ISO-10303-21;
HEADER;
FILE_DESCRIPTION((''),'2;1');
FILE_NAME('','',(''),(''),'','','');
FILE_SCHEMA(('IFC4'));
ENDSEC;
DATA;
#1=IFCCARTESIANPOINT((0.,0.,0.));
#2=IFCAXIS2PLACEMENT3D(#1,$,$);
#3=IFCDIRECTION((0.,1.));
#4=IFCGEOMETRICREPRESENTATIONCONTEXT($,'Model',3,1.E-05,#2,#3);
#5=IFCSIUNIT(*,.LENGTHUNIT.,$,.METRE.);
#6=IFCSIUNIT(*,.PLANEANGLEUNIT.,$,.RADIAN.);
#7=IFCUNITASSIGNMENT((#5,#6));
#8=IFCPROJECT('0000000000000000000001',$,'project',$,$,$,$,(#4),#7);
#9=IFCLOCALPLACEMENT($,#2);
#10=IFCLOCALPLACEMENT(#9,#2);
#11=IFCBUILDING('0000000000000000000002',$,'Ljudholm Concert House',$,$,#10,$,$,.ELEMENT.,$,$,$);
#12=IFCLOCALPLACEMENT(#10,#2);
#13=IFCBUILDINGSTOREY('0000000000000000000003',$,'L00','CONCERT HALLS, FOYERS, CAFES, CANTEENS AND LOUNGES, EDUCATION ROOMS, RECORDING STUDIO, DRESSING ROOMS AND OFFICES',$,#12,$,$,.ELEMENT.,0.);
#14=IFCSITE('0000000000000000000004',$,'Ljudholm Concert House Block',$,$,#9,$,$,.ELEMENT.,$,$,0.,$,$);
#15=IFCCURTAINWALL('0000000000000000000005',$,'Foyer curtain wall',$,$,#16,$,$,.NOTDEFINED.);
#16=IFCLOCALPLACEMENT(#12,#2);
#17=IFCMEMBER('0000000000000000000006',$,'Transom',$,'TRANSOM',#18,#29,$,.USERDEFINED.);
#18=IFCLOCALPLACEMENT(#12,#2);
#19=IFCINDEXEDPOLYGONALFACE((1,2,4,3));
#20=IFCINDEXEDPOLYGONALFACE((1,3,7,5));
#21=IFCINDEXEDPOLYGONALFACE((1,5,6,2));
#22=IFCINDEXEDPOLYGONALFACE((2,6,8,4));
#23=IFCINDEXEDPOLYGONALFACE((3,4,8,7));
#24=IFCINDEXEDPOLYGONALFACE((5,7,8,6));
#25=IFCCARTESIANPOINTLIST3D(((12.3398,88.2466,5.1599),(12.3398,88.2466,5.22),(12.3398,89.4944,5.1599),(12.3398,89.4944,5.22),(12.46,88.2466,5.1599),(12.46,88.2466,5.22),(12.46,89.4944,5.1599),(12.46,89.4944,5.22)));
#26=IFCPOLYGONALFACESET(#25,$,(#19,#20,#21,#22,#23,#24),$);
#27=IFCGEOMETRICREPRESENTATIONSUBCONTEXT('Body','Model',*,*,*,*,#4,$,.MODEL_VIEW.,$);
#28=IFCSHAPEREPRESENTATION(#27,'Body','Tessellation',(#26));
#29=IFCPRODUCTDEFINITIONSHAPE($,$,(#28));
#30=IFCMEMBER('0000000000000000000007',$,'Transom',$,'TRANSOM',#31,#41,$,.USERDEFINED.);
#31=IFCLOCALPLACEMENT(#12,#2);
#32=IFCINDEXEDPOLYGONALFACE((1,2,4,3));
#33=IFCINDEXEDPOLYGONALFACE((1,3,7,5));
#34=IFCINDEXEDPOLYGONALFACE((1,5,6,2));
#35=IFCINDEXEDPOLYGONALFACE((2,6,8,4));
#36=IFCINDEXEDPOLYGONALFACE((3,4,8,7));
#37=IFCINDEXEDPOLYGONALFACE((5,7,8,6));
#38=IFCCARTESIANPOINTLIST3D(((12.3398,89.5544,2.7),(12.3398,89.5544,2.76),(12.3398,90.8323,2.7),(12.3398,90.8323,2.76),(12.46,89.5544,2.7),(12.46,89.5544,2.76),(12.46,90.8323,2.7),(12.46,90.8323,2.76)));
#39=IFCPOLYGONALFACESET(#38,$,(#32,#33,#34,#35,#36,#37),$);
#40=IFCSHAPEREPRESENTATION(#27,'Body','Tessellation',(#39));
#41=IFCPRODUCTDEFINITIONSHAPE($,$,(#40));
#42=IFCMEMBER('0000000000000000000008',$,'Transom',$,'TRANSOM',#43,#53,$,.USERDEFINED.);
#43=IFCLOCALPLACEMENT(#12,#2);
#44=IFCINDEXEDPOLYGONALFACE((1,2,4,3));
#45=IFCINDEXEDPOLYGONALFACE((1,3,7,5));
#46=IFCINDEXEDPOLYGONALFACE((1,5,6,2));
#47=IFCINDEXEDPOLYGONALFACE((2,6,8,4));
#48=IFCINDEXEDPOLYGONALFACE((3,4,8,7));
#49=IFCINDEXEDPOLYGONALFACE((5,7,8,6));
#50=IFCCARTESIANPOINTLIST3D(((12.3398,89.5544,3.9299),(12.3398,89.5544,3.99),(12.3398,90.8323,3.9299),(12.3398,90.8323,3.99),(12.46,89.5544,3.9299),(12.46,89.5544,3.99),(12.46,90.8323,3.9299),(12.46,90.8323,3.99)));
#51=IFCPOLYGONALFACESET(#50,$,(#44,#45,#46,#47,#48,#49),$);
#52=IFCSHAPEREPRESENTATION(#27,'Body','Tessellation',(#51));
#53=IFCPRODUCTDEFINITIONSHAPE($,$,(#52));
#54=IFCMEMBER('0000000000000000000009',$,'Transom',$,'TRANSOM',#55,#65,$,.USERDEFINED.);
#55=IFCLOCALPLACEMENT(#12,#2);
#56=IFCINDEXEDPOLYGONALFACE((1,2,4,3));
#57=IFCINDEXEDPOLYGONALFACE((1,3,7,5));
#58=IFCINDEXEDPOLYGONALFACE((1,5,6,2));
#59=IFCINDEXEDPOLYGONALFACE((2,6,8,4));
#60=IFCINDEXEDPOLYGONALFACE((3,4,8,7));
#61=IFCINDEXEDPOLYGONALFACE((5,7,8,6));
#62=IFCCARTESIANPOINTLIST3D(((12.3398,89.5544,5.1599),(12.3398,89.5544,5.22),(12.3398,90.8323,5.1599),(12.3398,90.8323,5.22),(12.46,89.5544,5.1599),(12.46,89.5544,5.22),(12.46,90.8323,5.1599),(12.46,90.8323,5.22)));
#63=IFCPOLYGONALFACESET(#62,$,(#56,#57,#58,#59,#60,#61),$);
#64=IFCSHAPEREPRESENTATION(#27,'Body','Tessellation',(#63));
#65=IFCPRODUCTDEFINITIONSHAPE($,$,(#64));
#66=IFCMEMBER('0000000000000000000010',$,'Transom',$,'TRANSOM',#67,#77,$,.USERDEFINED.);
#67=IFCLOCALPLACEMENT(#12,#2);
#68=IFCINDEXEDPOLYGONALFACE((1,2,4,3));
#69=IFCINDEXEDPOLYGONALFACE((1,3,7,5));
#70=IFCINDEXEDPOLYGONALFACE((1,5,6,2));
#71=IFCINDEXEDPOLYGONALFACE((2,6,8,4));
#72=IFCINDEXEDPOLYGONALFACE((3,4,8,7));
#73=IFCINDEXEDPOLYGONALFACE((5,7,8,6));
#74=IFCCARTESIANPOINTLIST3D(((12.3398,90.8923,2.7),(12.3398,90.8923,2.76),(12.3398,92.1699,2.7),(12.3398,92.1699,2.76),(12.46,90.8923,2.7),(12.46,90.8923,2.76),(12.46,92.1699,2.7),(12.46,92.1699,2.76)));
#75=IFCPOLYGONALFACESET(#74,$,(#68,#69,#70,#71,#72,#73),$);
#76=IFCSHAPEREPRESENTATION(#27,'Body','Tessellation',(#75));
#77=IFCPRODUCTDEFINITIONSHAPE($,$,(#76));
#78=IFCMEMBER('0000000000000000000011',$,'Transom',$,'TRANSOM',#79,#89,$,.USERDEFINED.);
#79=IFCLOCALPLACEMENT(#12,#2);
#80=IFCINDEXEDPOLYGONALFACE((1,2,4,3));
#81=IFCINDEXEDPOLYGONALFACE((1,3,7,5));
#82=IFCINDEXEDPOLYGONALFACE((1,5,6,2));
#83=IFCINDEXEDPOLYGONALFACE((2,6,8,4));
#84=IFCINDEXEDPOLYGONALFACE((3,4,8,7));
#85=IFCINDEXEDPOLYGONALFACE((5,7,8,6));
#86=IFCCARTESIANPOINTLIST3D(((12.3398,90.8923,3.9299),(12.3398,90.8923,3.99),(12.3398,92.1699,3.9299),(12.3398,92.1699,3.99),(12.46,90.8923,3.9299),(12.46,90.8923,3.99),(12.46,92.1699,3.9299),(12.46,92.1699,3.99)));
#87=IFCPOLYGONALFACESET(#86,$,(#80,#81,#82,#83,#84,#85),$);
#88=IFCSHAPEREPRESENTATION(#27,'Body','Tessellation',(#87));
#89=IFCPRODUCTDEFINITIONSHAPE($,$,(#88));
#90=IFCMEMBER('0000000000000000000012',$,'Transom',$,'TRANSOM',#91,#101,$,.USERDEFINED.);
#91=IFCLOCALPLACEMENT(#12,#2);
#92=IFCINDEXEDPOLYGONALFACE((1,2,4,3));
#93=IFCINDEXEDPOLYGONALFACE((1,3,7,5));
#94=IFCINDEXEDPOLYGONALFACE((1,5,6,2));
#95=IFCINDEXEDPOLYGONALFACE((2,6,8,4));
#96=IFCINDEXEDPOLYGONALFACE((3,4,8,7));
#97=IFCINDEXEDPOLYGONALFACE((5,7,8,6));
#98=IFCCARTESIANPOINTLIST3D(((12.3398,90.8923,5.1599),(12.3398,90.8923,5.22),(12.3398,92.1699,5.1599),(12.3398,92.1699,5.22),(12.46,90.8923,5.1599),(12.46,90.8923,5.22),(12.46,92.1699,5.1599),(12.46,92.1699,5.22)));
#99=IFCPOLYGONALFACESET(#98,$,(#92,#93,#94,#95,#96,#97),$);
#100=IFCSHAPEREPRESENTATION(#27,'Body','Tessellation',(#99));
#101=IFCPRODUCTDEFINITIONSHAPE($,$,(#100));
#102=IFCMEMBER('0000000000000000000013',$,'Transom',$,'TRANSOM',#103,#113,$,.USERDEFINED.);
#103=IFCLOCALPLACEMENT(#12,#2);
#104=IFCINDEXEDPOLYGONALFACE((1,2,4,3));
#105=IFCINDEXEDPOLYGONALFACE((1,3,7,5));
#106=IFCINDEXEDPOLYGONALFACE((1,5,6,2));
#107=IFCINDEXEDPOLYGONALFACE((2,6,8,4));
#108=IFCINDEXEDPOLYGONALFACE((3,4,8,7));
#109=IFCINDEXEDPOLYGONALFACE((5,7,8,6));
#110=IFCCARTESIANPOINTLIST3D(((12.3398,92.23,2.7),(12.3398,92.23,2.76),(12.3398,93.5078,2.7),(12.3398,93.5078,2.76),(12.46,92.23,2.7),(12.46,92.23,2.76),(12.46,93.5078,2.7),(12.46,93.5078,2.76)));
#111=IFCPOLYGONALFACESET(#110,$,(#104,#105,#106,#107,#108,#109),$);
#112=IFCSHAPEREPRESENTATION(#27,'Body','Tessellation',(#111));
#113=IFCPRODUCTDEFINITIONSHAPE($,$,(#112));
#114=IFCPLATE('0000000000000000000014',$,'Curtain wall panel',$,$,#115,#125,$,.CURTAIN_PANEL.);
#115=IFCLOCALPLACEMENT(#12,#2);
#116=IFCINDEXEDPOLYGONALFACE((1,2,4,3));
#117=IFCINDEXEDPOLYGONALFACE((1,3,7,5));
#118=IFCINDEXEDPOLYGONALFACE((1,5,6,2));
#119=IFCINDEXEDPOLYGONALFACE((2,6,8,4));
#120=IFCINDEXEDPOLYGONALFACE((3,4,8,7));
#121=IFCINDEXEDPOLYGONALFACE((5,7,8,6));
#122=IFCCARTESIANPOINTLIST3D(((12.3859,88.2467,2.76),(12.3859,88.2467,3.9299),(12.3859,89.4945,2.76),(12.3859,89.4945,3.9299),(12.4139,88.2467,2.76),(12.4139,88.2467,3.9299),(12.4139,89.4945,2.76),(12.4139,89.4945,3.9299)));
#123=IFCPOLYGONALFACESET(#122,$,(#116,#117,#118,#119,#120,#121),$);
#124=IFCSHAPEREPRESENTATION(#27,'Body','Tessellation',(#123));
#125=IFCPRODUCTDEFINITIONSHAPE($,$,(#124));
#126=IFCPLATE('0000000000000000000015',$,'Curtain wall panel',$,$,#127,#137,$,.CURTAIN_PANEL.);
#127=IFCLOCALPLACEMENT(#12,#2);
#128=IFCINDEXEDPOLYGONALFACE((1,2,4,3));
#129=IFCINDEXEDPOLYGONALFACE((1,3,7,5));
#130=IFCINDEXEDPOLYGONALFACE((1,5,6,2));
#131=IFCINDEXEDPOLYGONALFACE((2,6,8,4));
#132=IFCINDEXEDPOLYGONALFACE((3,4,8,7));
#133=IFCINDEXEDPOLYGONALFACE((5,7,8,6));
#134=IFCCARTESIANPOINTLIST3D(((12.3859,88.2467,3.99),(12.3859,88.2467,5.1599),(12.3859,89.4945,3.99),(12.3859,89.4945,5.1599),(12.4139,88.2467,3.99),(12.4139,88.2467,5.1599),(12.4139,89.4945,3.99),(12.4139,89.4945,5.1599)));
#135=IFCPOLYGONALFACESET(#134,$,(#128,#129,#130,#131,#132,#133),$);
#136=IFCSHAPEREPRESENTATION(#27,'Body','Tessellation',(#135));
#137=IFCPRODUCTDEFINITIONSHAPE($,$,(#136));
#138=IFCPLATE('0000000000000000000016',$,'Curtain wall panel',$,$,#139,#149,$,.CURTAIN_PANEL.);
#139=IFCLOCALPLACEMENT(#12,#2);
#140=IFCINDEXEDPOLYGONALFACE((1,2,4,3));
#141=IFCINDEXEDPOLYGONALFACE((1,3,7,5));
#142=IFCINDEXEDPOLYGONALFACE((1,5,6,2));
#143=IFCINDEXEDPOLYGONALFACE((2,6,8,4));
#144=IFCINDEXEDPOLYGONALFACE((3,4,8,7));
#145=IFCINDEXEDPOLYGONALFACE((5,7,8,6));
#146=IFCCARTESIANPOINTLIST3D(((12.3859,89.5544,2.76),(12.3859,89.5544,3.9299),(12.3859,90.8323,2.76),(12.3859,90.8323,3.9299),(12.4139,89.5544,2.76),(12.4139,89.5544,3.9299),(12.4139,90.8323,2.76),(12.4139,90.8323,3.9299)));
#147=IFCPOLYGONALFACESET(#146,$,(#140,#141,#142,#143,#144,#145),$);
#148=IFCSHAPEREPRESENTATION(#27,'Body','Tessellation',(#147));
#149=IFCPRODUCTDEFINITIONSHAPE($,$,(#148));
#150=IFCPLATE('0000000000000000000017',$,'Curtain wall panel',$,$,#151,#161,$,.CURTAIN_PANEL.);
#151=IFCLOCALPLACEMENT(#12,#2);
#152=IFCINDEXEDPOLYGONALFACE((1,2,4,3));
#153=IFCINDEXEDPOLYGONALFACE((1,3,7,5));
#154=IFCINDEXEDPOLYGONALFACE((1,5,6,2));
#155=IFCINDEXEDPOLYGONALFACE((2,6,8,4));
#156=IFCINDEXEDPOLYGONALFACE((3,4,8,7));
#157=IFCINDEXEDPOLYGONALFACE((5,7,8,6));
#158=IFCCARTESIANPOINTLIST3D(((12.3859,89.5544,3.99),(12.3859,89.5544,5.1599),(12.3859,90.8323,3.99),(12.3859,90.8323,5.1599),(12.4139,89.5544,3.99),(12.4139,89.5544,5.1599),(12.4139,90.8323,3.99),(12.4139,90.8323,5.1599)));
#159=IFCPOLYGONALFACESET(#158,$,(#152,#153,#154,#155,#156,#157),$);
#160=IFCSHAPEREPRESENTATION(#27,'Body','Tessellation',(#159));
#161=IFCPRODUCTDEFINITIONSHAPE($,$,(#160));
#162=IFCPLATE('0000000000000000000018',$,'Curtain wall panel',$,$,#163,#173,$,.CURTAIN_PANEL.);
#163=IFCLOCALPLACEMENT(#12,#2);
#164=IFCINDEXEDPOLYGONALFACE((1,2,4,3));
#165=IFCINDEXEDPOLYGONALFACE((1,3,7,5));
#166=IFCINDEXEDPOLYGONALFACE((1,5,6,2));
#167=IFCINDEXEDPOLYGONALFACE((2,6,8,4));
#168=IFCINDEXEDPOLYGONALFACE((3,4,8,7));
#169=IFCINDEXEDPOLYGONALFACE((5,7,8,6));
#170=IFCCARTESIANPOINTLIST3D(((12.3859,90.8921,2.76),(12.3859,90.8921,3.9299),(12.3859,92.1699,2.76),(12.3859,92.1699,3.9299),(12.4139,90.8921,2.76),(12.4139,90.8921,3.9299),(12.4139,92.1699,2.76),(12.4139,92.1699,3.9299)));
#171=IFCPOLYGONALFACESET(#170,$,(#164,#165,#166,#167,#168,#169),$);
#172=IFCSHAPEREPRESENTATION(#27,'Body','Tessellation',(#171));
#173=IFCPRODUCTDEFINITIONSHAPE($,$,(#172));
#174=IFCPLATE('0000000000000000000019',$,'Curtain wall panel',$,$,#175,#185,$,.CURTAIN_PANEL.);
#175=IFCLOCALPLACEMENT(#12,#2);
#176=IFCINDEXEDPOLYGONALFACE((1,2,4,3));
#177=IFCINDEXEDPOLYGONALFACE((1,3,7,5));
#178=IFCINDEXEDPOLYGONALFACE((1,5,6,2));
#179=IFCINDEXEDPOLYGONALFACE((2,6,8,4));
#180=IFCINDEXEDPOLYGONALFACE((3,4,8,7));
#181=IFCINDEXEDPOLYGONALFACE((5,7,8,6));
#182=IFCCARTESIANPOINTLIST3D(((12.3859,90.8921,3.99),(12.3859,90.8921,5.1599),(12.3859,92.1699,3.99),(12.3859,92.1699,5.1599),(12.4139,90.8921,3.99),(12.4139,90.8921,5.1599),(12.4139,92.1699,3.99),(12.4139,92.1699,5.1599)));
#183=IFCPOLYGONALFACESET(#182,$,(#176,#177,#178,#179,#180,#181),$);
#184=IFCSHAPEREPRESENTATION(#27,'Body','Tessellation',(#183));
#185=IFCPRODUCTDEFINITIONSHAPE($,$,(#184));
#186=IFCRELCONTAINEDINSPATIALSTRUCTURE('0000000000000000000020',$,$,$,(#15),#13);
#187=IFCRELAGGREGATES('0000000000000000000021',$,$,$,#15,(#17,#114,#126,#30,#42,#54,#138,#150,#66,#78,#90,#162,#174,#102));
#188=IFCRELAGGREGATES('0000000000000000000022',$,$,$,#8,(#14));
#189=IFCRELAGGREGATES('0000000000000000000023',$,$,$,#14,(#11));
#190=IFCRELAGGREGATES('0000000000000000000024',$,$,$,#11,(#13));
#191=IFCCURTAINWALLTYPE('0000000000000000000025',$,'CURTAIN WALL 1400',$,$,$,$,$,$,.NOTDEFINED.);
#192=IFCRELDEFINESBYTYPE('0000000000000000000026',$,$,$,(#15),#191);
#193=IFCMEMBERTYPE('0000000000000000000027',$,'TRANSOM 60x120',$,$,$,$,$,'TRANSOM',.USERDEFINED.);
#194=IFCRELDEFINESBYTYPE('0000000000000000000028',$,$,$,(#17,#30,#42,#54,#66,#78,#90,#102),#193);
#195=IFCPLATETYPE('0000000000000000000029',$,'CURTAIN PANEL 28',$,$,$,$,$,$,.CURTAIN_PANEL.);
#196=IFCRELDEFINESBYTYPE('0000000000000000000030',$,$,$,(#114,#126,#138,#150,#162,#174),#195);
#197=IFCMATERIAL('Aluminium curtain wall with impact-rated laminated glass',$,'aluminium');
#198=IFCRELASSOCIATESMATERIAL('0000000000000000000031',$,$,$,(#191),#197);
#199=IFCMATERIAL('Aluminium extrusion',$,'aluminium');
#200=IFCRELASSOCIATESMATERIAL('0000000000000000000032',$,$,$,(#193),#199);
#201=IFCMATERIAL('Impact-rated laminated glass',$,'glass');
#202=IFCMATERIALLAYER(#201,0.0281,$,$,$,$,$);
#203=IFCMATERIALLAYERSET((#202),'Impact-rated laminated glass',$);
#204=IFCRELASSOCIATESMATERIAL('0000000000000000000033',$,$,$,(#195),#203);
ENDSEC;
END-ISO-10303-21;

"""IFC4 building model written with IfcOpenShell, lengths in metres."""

from ifc_helpers import new_model, si_unit, direction, frame, origin, origin_2d, place, context, subcontext, project, spatial, rectangle, extrude, material, layer, layer_set, material_profile, profile_set, type_object, element, aggregate, save


model = new_model("IFC4")

# Units and contexts
model_context = context("Model", 3, precision=1e-05, world=origin(), true_north=direction((0.0, 1.0)))
body_context = subcontext(model_context, "Body", "Model", "MODEL_VIEW")
ifc_project = project(units=[si_unit("LENGTHUNIT", "METRE"), si_unit("PLANEANGLEUNIT", "RADIAN")], contexts=[model_context])

# Site, building, storey
site_placement = place(None, origin())
site = spatial("IfcSite", under=ifc_project, at=site_placement, Name="Ljudholm Concert House Block", CompositionType="ELEMENT", RefElevation=0.0)
building_placement = place(site_placement, origin())
building = spatial("IfcBuilding", under=site, at=building_placement, Name="Ljudholm Concert House", CompositionType="ELEMENT")
storey_placement = place(building_placement, origin())
storey = spatial("IfcBuildingStorey", under=building, at=storey_placement, Name="L00", Description="CONCERT HALLS, FOYERS, CAFES, CANTEENS AND LOUNGES, EDUCATION ROOMS, RECORDING STUDIO, DRESSING ROOMS AND OFFICES", CompositionType="ELEMENT", Elevation=0.0)

# Shared definitions
ifc_material_1 = material(Name="Aluminium curtain wall with impact-rated laminated glass", Category="aluminium")
curtain_wall_type = type_object("IfcCurtainWallType", Name="CURTAIN WALL 1400", PredefinedType="NOTDEFINED", material=ifc_material_1)

# Curtain wall, members, plates
curtain_wall_1_placement = place(storey_placement, origin())
curtain_wall_1 = element("IfcCurtainWall", 1, at=curtain_wall_1_placement, inside=storey, type_object=curtain_wall_type, Name="Foyer curtain wall", PredefinedType="NOTDEFINED")
ifc_material_2 = material(Name="Aluminium extrusion", Category="aluminium")
ifc_material_profile_1 = material_profile(ifc_material_2, rectangle(XDim=0.1201, YDim=0.0601, at=origin_2d()), Name="TRANSOM 60x120")
ifc_profile_set_1 = profile_set([ifc_material_profile_1], Name="Aluminium extrusion")
member_type_1 = type_object("IfcMemberType", Name="TRANSOM 60x120", ElementType="TRANSOM", PredefinedType="USERDEFINED", material=ifc_profile_set_1)
member_1_placement = place(storey_placement, frame((12.3999, 88.2466, 5.1899), z_axis=(0.0, 1.0, 0.0), x_axis=(-1.0, 0.0, 0.0)))
member_1 = element("IfcMember", 2, at=member_1_placement, type_object=member_type_1, Name="Transom", ObjectType="TRANSOM", PredefinedType="USERDEFINED", context=body_context, shape_type="SweptSolid", body=[
    extrude(rectangle(XDim=0.1201, YDim=0.0601, at=origin_2d()), origin(), (0.0, 0.0, 1.0), 1.2478),
])
member_2_placement = place(storey_placement, frame((12.3999, 89.5544, 2.73), z_axis=(0.0, 1.0, 0.0), x_axis=(-1.0, 0.0, 0.0)))
member_2 = element("IfcMember", 3, at=member_2_placement, type_object=member_type_1, Name="Transom", ObjectType="TRANSOM", PredefinedType="USERDEFINED", context=body_context, shape_type="SweptSolid", body=[
    extrude(rectangle(XDim=0.1201, YDim=0.0601, at=origin_2d()), origin(), (0.0, 0.0, 1.0), 1.2778),
])
member_3_placement = place(storey_placement, frame((12.3999, 89.5544, 3.96), z_axis=(0.0, 1.0, 0.0), x_axis=(-1.0, 0.0, 0.0)))
member_3 = element("IfcMember", 4, at=member_3_placement, type_object=member_type_1, Name="Transom", ObjectType="TRANSOM", PredefinedType="USERDEFINED", context=body_context, shape_type="SweptSolid", body=[
    extrude(rectangle(XDim=0.1201, YDim=0.0601, at=origin_2d()), origin(), (0.0, 0.0, 1.0), 1.2778),
])
member_4_placement = place(storey_placement, frame((12.3999, 89.5544, 5.1899), z_axis=(0.0, 1.0, 0.0), x_axis=(-1.0, 0.0, 0.0)))
member_4 = element("IfcMember", 5, at=member_4_placement, type_object=member_type_1, Name="Transom", ObjectType="TRANSOM", PredefinedType="USERDEFINED", context=body_context, shape_type="SweptSolid", body=[
    extrude(rectangle(XDim=0.1201, YDim=0.0601, at=origin_2d()), origin(), (0.0, 0.0, 1.0), 1.2778),
])
member_5_placement = place(storey_placement, frame((12.3999, 90.8923, 2.73), z_axis=(0.0, 1.0, 0.0), x_axis=(-1.0, 0.0, 0.0)))
member_5 = element("IfcMember", 6, at=member_5_placement, type_object=member_type_1, Name="Transom", ObjectType="TRANSOM", PredefinedType="USERDEFINED", context=body_context, shape_type="SweptSolid", body=[
    extrude(rectangle(XDim=0.1201, YDim=0.0601, at=origin_2d()), origin(), (0.0, 0.0, 1.0), 1.2776),
])
member_6_placement = place(storey_placement, frame((12.3999, 90.8923, 3.96), z_axis=(0.0, 1.0, 0.0), x_axis=(-1.0, 0.0, 0.0)))
member_6 = element("IfcMember", 7, at=member_6_placement, type_object=member_type_1, Name="Transom", ObjectType="TRANSOM", PredefinedType="USERDEFINED", context=body_context, shape_type="SweptSolid", body=[
    extrude(rectangle(XDim=0.1201, YDim=0.0601, at=origin_2d()), origin(), (0.0, 0.0, 1.0), 1.2776),
])
member_7_placement = place(storey_placement, frame((12.3999, 90.8923, 5.1899), z_axis=(0.0, 1.0, 0.0), x_axis=(-1.0, 0.0, 0.0)))
member_7 = element("IfcMember", 8, at=member_7_placement, type_object=member_type_1, Name="Transom", ObjectType="TRANSOM", PredefinedType="USERDEFINED", context=body_context, shape_type="SweptSolid", body=[
    extrude(rectangle(XDim=0.1201, YDim=0.0601, at=origin_2d()), origin(), (0.0, 0.0, 1.0), 1.2776),
])
member_8_placement = place(storey_placement, frame((12.3999, 92.23, 2.73), z_axis=(0.0, 1.0, 0.0), x_axis=(-1.0, 0.0, 0.0)))
member_8 = element("IfcMember", 9, at=member_8_placement, type_object=member_type_1, Name="Transom", ObjectType="TRANSOM", PredefinedType="USERDEFINED", context=body_context, shape_type="SweptSolid", body=[
    extrude(rectangle(XDim=0.1201, YDim=0.0601, at=origin_2d()), origin(), (0.0, 0.0, 1.0), 1.2778),
])
ifc_material_3 = material(Name="Impact-rated laminated glass", Category="glass")
ifc_layer_1 = layer(ifc_material_3, 0.0281)
ifc_layer_set_1 = layer_set([ifc_layer_1], Name="Impact-rated laminated glass")
plate_type = type_object("IfcPlateType", Name="CURTAIN PANEL 28", PredefinedType="CURTAIN_PANEL", material=ifc_layer_set_1)
plate_1_placement = place(storey_placement, frame((12.3999, 88.8706, 2.76), z_axis=(0.0, 0.0, 1.0), x_axis=(0.0, 1.0, 0.0)))
plate_1 = element("IfcPlate", 10, at=plate_1_placement, type_object=plate_type, Name="Curtain wall panel", PredefinedType="CURTAIN_PANEL", context=body_context, shape_type="SweptSolid", body=[
    extrude(rectangle(XDim=1.2478, YDim=0.0281, at=origin_2d()), origin(), (0.0, 0.0, 1.0), 1.1699),
])
plate_2_placement = place(storey_placement, frame((12.3999, 88.8706, 3.99), z_axis=(0.0, 0.0, 1.0), x_axis=(0.0, 1.0, 0.0)))
plate_2 = element("IfcPlate", 11, at=plate_2_placement, type_object=plate_type, Name="Curtain wall panel", PredefinedType="CURTAIN_PANEL", context=body_context, shape_type="SweptSolid", body=[
    extrude(rectangle(XDim=1.2478, YDim=0.0281, at=origin_2d()), origin(), (0.0, 0.0, 1.0), 1.1699),
])
plate_3_placement = place(storey_placement, frame((12.3999, 90.1934, 2.76), z_axis=(0.0, 0.0, 1.0), x_axis=(0.0, 1.0, 0.0)))
plate_3 = element("IfcPlate", 12, at=plate_3_placement, type_object=plate_type, Name="Curtain wall panel", PredefinedType="CURTAIN_PANEL", context=body_context, shape_type="SweptSolid", body=[
    extrude(rectangle(XDim=1.2778, YDim=0.0281, at=origin_2d()), origin(), (0.0, 0.0, 1.0), 1.1699),
])
plate_4_placement = place(storey_placement, frame((12.3999, 90.1934, 3.99), z_axis=(0.0, 0.0, 1.0), x_axis=(0.0, 1.0, 0.0)))
plate_4 = element("IfcPlate", 13, at=plate_4_placement, type_object=plate_type, Name="Curtain wall panel", PredefinedType="CURTAIN_PANEL", context=body_context, shape_type="SweptSolid", body=[
    extrude(rectangle(XDim=1.2778, YDim=0.0281, at=origin_2d()), origin(), (0.0, 0.0, 1.0), 1.1699),
])
plate_5_placement = place(storey_placement, frame((12.3999, 91.531, 2.76), z_axis=(0.0, 0.0, 1.0), x_axis=(0.0, 1.0, 0.0)))
plate_5 = element("IfcPlate", 14, at=plate_5_placement, type_object=plate_type, Name="Curtain wall panel", PredefinedType="CURTAIN_PANEL", context=body_context, shape_type="SweptSolid", body=[
    extrude(rectangle(XDim=1.2778, YDim=0.0281, at=origin_2d()), origin(), (0.0, 0.0, 1.0), 1.1699),
])
plate_6_placement = place(storey_placement, frame((12.3999, 91.531, 3.99), z_axis=(0.0, 0.0, 1.0), x_axis=(0.0, 1.0, 0.0)))
plate_6 = element("IfcPlate", 15, at=plate_6_placement, type_object=plate_type, Name="Curtain wall panel", PredefinedType="CURTAIN_PANEL", context=body_context, shape_type="SweptSolid", body=[
    extrude(rectangle(XDim=1.2778, YDim=0.0281, at=origin_2d()), origin(), (0.0, 0.0, 1.0), 1.1699),
])
aggregate(curtain_wall_1, [member_1, plate_1, plate_2, member_2, member_3, member_4, plate_3, plate_4, member_5, member_6, member_7, plate_5, plate_6, member_8])

save(model, "model.ifc")
